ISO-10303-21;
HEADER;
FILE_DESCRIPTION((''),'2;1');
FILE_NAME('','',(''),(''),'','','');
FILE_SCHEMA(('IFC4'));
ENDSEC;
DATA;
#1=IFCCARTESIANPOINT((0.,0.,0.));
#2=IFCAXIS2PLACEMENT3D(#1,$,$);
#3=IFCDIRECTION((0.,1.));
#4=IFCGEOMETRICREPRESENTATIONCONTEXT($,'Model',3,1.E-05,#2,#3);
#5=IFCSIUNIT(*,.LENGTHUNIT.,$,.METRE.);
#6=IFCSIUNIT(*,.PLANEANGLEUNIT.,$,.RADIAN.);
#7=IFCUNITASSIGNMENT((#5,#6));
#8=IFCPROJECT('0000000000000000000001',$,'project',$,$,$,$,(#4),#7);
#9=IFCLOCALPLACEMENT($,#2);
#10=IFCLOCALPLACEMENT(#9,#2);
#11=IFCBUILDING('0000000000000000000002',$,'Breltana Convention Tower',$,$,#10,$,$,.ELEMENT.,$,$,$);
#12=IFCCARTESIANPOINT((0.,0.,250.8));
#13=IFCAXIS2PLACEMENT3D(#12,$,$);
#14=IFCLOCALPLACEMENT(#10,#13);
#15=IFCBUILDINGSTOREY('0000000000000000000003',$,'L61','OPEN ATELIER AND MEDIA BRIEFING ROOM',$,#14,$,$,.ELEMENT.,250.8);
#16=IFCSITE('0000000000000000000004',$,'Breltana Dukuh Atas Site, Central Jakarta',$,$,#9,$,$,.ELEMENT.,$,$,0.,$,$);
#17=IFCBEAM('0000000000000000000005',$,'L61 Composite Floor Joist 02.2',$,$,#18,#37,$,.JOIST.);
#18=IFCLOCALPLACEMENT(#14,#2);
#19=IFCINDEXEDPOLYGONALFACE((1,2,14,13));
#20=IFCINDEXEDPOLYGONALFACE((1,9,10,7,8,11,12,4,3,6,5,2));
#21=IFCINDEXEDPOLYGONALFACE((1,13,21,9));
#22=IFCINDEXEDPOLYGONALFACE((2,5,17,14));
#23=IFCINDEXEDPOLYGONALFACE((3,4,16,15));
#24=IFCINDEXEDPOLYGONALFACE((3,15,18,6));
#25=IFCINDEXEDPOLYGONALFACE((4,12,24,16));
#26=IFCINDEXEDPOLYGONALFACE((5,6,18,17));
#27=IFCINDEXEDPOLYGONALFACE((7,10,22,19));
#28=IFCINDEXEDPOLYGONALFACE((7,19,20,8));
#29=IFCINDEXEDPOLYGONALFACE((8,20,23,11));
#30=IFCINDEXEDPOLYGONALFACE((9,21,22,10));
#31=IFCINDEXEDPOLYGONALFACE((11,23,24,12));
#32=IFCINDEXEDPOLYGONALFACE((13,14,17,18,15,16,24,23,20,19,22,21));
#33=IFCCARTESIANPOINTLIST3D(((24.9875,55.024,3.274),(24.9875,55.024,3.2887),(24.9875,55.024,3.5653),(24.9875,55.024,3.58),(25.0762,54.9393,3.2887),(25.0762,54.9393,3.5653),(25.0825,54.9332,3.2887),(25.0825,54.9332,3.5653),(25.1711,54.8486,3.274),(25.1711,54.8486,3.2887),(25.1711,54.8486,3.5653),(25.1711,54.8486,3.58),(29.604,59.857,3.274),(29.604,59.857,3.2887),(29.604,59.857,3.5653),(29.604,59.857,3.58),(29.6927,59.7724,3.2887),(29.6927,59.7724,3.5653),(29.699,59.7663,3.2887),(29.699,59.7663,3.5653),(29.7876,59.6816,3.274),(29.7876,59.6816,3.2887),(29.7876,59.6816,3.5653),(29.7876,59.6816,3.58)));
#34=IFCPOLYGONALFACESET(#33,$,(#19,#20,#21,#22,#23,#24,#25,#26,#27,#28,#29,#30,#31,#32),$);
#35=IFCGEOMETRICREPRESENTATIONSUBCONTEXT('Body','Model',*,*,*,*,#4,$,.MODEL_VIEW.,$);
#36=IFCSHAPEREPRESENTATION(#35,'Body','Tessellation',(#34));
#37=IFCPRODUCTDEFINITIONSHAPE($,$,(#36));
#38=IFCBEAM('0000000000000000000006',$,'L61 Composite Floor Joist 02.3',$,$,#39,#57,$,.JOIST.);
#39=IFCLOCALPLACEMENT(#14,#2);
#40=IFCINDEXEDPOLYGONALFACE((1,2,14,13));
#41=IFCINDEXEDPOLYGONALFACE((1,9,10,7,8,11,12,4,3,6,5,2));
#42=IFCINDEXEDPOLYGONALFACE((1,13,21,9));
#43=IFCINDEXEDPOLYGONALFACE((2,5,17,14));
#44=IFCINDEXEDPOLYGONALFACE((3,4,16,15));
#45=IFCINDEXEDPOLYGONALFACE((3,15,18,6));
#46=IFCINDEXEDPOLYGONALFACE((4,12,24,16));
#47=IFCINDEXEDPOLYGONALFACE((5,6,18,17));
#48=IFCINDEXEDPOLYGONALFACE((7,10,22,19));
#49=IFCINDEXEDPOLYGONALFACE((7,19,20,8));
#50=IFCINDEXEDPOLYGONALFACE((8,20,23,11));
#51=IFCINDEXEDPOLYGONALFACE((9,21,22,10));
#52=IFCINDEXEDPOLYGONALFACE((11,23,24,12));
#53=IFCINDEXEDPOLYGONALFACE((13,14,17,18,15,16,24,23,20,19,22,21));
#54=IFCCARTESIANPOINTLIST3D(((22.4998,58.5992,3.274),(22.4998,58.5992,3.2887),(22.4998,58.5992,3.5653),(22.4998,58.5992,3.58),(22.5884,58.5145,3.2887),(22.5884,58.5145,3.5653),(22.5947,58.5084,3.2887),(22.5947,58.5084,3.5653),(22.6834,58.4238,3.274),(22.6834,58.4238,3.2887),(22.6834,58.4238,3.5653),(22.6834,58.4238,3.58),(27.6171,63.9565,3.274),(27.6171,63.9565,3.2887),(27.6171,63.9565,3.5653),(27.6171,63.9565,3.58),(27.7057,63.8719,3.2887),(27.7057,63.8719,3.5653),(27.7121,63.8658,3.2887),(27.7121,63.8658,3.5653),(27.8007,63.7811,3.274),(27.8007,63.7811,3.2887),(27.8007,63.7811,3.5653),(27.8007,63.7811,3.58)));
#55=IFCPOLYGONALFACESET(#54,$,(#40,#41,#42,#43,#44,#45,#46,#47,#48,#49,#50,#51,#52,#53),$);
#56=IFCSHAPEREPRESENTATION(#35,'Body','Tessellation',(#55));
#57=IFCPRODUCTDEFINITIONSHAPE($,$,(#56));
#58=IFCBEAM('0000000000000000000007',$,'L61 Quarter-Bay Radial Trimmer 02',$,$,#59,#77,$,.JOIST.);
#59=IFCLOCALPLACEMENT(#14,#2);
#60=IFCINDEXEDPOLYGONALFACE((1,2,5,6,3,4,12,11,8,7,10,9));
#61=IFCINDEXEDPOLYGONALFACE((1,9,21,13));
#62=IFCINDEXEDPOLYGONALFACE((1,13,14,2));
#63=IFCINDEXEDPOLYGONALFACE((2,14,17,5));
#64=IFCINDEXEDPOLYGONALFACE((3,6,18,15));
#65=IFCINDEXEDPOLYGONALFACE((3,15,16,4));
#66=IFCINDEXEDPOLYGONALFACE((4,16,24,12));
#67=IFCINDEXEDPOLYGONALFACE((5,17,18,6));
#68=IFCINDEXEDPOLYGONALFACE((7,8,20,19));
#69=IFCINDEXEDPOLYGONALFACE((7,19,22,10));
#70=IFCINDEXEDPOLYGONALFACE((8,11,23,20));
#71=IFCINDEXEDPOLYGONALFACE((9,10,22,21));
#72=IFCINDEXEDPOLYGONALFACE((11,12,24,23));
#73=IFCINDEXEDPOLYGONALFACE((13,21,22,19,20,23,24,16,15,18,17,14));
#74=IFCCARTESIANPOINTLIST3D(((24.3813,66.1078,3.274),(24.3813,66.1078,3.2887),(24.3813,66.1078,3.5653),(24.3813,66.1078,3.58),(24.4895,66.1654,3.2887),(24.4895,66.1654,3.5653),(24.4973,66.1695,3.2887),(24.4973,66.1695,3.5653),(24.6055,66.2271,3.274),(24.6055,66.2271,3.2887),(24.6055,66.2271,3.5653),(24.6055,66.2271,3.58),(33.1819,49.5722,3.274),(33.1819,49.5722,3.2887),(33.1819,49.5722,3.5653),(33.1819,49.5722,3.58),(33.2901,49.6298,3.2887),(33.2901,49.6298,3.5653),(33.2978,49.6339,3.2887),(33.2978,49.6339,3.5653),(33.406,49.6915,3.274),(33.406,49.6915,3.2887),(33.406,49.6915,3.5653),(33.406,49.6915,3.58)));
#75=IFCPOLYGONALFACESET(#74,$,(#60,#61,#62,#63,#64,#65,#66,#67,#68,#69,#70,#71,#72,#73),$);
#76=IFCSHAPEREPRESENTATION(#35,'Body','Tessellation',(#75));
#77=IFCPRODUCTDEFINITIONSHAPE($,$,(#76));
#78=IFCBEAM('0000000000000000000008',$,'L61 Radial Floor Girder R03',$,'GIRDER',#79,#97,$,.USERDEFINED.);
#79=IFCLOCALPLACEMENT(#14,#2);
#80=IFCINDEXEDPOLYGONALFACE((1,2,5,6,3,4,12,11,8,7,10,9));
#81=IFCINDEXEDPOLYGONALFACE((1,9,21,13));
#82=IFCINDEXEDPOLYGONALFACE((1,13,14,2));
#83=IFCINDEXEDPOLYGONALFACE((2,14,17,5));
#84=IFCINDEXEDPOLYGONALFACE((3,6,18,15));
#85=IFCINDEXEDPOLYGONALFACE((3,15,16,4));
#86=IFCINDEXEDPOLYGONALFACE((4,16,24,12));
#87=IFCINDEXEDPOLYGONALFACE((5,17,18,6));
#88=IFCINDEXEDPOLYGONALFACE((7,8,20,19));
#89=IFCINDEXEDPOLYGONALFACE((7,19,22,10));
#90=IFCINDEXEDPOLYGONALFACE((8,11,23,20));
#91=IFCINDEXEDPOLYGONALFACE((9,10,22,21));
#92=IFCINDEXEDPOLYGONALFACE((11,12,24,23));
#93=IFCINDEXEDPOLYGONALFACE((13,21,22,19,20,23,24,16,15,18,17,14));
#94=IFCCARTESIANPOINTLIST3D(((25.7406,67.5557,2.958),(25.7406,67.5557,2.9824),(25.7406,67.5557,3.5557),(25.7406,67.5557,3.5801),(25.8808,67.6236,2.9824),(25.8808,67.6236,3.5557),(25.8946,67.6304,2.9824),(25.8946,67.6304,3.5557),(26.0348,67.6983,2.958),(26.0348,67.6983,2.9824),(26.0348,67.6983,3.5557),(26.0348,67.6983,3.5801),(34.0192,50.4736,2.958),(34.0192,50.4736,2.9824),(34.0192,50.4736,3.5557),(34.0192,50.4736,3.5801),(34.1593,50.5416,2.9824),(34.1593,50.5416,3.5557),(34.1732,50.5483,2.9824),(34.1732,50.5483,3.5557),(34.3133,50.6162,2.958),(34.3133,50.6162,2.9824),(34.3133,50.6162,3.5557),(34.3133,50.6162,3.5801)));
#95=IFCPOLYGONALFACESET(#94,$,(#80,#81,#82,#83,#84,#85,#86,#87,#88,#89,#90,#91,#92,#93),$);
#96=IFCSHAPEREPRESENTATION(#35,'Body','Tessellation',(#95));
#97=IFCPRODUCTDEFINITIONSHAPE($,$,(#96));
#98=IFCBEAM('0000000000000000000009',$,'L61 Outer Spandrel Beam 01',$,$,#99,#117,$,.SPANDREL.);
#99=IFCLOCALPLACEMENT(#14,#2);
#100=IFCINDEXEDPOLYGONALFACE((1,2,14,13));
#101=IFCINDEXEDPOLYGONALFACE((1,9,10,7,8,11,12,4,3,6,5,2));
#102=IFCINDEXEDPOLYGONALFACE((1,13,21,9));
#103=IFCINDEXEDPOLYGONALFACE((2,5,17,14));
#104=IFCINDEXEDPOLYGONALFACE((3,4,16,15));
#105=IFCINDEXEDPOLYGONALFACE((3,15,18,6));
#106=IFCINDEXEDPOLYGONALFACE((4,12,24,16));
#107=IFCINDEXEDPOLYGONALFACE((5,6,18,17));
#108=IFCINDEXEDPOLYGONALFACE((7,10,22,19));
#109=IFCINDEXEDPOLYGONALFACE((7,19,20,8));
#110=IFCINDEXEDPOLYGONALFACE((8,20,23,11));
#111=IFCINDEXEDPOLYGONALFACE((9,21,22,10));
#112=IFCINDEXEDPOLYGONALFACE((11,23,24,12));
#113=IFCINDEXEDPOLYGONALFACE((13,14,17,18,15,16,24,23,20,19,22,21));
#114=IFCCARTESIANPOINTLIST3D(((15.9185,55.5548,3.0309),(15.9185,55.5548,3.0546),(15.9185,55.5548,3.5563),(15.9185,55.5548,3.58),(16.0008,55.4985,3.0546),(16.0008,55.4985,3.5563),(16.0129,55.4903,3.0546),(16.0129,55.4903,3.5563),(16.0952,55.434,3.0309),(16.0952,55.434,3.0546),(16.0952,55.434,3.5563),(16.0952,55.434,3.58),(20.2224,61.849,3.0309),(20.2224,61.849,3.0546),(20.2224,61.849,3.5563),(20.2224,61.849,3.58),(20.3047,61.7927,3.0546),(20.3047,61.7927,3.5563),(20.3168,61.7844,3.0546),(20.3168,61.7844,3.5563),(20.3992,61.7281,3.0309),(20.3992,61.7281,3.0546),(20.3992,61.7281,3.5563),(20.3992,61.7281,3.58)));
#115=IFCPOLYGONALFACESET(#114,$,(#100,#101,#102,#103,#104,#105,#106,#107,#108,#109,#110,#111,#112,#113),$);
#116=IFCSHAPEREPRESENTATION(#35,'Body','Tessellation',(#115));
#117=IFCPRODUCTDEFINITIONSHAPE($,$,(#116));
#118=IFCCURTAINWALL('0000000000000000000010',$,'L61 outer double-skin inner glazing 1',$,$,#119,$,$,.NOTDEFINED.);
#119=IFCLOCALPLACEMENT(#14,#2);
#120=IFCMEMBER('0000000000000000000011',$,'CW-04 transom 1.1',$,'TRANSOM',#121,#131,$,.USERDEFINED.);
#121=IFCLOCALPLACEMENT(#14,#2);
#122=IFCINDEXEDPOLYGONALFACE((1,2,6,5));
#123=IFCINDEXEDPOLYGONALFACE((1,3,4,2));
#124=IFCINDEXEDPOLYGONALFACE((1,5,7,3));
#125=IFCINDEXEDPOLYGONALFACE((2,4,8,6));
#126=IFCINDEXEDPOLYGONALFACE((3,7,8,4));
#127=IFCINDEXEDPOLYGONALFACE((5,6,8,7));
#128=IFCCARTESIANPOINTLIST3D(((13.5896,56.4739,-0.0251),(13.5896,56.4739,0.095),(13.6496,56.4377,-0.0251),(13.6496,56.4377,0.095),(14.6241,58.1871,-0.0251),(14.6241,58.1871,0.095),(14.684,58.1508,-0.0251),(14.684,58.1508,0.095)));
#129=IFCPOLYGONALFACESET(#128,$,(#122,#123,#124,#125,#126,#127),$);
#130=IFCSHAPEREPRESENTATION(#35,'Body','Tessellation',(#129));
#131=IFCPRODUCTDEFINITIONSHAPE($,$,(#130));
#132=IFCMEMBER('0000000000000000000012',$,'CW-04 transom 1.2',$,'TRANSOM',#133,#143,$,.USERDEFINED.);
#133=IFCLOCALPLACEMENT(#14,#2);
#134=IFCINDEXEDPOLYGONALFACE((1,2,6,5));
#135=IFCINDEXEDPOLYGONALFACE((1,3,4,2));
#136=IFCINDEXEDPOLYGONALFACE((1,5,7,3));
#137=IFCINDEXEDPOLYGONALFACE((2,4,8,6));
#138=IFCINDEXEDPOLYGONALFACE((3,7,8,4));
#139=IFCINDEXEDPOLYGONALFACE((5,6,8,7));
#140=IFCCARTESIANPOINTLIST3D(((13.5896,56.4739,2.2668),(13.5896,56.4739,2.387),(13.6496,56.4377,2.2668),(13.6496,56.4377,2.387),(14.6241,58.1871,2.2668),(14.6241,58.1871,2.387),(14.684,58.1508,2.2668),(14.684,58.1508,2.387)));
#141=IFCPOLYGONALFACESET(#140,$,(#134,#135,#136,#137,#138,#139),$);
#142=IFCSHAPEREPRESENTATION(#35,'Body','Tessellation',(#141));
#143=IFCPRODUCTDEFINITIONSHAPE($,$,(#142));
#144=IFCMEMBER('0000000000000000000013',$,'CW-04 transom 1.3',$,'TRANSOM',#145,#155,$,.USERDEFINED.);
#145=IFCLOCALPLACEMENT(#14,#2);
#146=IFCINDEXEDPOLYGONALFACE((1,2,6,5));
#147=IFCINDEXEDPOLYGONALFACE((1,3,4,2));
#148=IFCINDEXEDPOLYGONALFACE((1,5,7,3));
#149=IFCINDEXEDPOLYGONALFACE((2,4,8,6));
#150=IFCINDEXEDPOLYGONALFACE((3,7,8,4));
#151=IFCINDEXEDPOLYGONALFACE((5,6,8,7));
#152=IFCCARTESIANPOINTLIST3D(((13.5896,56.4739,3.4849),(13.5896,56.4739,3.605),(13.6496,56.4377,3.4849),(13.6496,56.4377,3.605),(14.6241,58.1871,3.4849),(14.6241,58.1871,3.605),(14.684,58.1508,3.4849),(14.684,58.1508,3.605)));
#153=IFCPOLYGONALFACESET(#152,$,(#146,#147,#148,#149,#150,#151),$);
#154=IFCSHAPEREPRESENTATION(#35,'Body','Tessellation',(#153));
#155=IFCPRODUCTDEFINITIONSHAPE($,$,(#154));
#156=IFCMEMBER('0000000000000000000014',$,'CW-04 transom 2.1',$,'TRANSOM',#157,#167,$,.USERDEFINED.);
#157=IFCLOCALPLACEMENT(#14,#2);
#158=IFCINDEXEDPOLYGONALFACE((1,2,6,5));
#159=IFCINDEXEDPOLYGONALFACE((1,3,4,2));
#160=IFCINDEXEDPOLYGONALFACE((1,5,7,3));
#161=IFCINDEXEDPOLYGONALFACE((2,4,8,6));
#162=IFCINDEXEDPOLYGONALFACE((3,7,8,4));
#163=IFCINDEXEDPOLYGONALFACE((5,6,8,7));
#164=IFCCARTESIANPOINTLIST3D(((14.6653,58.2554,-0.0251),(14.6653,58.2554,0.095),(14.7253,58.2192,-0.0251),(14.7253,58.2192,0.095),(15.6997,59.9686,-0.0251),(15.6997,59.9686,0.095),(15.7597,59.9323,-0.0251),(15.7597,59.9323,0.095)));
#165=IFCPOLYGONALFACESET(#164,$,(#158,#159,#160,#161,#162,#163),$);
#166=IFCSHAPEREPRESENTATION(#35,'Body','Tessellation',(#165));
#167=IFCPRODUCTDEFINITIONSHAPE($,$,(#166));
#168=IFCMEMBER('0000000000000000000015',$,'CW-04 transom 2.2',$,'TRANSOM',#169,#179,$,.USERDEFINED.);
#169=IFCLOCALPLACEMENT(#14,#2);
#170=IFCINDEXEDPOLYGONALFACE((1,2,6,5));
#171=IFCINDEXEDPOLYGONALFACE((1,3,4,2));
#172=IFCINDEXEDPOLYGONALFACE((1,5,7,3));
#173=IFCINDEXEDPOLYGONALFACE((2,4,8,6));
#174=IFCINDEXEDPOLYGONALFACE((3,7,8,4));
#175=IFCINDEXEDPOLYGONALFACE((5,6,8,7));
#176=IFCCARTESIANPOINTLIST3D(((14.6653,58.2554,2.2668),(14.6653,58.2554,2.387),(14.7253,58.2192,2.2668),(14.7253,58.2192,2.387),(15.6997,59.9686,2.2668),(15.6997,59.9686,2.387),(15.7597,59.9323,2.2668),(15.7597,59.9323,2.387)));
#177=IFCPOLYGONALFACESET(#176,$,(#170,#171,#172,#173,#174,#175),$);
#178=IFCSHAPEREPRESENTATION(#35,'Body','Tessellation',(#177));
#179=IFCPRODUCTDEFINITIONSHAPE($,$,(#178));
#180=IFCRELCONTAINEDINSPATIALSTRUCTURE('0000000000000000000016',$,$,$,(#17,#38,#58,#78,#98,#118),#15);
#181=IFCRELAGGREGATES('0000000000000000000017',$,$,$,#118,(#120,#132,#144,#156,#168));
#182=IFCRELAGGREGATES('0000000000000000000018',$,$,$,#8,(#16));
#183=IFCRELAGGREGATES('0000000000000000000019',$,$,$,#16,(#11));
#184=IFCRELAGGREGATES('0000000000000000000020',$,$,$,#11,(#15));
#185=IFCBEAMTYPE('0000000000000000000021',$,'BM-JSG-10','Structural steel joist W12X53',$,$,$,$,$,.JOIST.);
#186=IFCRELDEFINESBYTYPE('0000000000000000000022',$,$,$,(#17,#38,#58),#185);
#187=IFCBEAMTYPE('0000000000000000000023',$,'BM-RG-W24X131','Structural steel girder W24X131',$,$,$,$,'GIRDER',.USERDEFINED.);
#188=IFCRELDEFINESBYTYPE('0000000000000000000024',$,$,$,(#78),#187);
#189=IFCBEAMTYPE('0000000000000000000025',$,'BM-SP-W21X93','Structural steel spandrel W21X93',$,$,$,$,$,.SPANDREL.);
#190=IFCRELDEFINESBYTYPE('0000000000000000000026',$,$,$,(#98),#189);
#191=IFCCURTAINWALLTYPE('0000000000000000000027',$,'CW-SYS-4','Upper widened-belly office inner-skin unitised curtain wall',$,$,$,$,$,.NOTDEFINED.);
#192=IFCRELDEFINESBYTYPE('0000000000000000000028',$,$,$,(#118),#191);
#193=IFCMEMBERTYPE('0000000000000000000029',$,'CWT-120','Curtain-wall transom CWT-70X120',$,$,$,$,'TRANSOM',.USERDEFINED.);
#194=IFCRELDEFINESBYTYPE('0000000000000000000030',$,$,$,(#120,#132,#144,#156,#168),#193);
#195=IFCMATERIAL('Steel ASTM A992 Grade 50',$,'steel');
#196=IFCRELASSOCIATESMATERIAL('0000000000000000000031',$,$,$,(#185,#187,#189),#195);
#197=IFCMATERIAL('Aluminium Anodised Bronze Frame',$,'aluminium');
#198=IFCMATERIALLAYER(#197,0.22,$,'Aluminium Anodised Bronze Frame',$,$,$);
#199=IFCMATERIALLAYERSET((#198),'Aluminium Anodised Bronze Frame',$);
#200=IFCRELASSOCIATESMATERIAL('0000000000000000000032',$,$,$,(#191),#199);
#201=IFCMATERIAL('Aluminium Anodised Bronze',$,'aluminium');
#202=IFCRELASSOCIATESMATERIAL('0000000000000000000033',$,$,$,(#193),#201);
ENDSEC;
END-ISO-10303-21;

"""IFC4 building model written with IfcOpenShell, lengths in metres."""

from ifc_helpers import new_model, si_unit, direction, frame, origin, origin_2d, place, context, subcontext, project, spatial, rectangle, i_section, extrude, source, transform, mapped, material, layer, layer_set, material_profile, profile_set, type_object, type_shapes, element, aggregate, save


model = new_model("IFC4")

# Units and contexts
model_context = context("Model", 3, precision=1e-05, world=origin(), true_north=direction((0.0, 1.0)))
body_context = subcontext(model_context, "Body", "Model", "MODEL_VIEW")
ifc_project = project(units=[si_unit("LENGTHUNIT", "METRE"), si_unit("PLANEANGLEUNIT", "RADIAN")], contexts=[model_context])

# Site, building, storey
site_placement = place(None, origin())
site = spatial("IfcSite", under=ifc_project, at=site_placement, Name="Breltana Dukuh Atas Site, Central Jakarta", CompositionType="ELEMENT", RefElevation=0.0)
building_placement = place(site_placement, origin())
building = spatial("IfcBuilding", under=site, at=building_placement, Name="Breltana Convention Tower", CompositionType="ELEMENT")
storey_placement = place(building_placement, frame((0.0, 0.0, 250.8)))
storey = spatial("IfcBuildingStorey", under=building, at=storey_placement, Name="L61", Description="OPEN ATELIER AND MEDIA BRIEFING ROOM", CompositionType="ELEMENT", Elevation=250.8)

# Shared definitions
ifc_material_1 = material(Name="Steel ASTM A992 Grade 50", Category="steel")

# Beams
ifc_material_profile_1 = material_profile(ifc_material_1, i_section(OverallWidth=0.2539, OverallDepth=0.3059, WebThickness=0.0088, FlangeThickness=0.0146, at=origin_2d()), Name="W12X53")
ifc_profile_set_1 = profile_set([ifc_material_profile_1], Name="Steel ASTM A992 Grade 50")
beam_type_1 = type_object("IfcBeamType", Name="BM-JSG-10", Description="Structural steel joist W12X53", PredefinedType="JOIST", material=ifc_profile_set_1)
shared_shape_1 = source(origin(), body_context, "Body", "SweptSolid", [
    extrude(i_section(OverallWidth=0.2539, OverallDepth=0.3059, WebThickness=0.0088, FlangeThickness=0.0146, at=origin_2d()), origin(), (0.0, 0.0, 1.0), 6.6836),
])
beam_1_placement = place(storey_placement, frame((25.0793, 54.9363, 3.427), z_axis=(0.690721, 0.723122, 0.0), x_axis=(-0.723122, 0.690721, 0.0)))
element("IfcBeam", 1, at=beam_1_placement, inside=storey, type_object=beam_type_1, Name="L61 Composite Floor Joist 02.2", PredefinedType="JOIST", context=body_context, shape_type="MappedRepresentation", body=[
    mapped(shared_shape_1, transform((0.0, 0.0, 0.0), scale=1.0)),
])
shared_shape_2 = source(origin(), body_context, "Body", "SweptSolid", [
    extrude(i_section(OverallWidth=0.2539, OverallDepth=0.3059, WebThickness=0.0088, FlangeThickness=0.0146, at=origin_2d()), origin(), (0.0, 0.0, 1.0), 7.4087),
])
beam_2_placement = place(storey_placement, frame((22.5916, 58.5115, 3.427), z_axis=(0.690725, 0.723118, 0.0), x_axis=(-0.723118, 0.690725, 0.0)))
element("IfcBeam", 2, at=beam_2_placement, inside=storey, type_object=beam_type_1, Name="L61 Composite Floor Joist 02.3", PredefinedType="JOIST", context=body_context, shape_type="MappedRepresentation", body=[
    mapped(shared_shape_2, transform((0.0, 0.0, 0.0), scale=1.0)),
])
shared_shape_3 = source(origin(), body_context, "Body", "SweptSolid", [
    extrude(i_section(OverallWidth=0.2539, OverallDepth=0.3059, WebThickness=0.0088, FlangeThickness=0.0146, at=origin_2d()), origin(), (0.0, 0.0, 1.0), 18.7317),
])
beam_3_placement = place(storey_placement, frame((33.2939, 49.6318, 3.427), z_axis=(-0.46982, 0.882762, 0.0), x_axis=(-0.882762, -0.46982, 0.0)))
element("IfcBeam", 3, at=beam_3_placement, inside=storey, type_object=beam_type_1, Name="L61 Quarter-Bay Radial Trimmer 02", PredefinedType="JOIST", context=body_context, shape_type="MappedRepresentation", body=[
    mapped(shared_shape_3, transform((0.0, 0.0, 0.0), scale=1.0)),
])
ifc_material_profile_2 = material_profile(ifc_material_1, i_section(OverallWidth=0.3269, OverallDepth=0.6221, WebThickness=0.0154, FlangeThickness=0.0244, at=origin_2d()), Name="W24X131")
ifc_profile_set_2 = profile_set([ifc_material_profile_2], Name="Steel ASTM A992 Grade 50")
beam_type_2 = type_object("IfcBeamType", Name="BM-RG-W24X131", Description="Structural steel girder W24X131", ElementType="GIRDER", PredefinedType="USERDEFINED", material=ifc_profile_set_2)
shared_shape_4 = source(origin(), body_context, "Body", "SweptSolid", [
    extrude(i_section(OverallWidth=0.3269, OverallDepth=0.6221, WebThickness=0.0154, FlangeThickness=0.0244, at=origin_2d()), origin(), (0.0, 0.0, 1.0), 18.9824),
])
beam_4_placement = place(storey_placement, frame((34.1663, 50.5449, 3.269), z_axis=(-0.436119, 0.899889, 0.0), x_axis=(-0.899889, -0.436119, 0.0)))
element("IfcBeam", 4, at=beam_4_placement, inside=storey, type_object=beam_type_2, Name="L61 Radial Floor Girder R03", ObjectType="GIRDER", PredefinedType="USERDEFINED", context=body_context, shape_type="MappedRepresentation", body=[
    mapped(shared_shape_4, transform((0.0, 0.0, 0.0), scale=1.0)),
])
ifc_material_profile_3 = material_profile(ifc_material_1, i_section(OverallWidth=0.2141, OverallDepth=0.5491, WebThickness=0.0146, FlangeThickness=0.0237, at=origin_2d()), Name="W21X93")
ifc_profile_set_3 = profile_set([ifc_material_profile_3], Name="Steel ASTM A992 Grade 50")
beam_type_3 = type_object("IfcBeamType", Name="BM-SP-W21X93", Description="Structural steel spandrel W21X93", PredefinedType="SPANDREL", material=ifc_profile_set_3)
shared_shape_5 = source(origin(), body_context, "Body", "SweptSolid", [
    extrude(i_section(OverallWidth=0.2141, OverallDepth=0.5491, WebThickness=0.0146, FlangeThickness=0.0237, at=origin_2d()), origin(), (0.0, 0.0, 1.0), 7.625),
])
type_shapes(beam_type_3, [shared_shape_5])
beam_5_placement = place(storey_placement, frame((16.0068, 55.4944, 3.3054), z_axis=(0.564452, 0.825466, 0.0), x_axis=(-0.825466, 0.564452, 0.0)))
element("IfcBeam", 5, at=beam_5_placement, inside=storey, type_object=beam_type_3, Name="L61 Outer Spandrel Beam 01", PredefinedType="SPANDREL", context=body_context, shape_type="MappedRepresentation", body=[
    mapped(shared_shape_5, transform((0.0, 0.0, 0.0), scale=1.0)),
])

# Curtain wall, members
ifc_material_2 = material(Name="Aluminium Anodised Bronze Frame", Category="aluminium")
ifc_layer_1 = layer(ifc_material_2, 0.22, Name="Aluminium Anodised Bronze Frame")
ifc_layer_set_1 = layer_set([ifc_layer_1], Name="Aluminium Anodised Bronze Frame")
curtain_wall_type = type_object("IfcCurtainWallType", Name="CW-SYS-4", Description="Upper widened-belly office inner-skin unitised curtain wall", PredefinedType="NOTDEFINED", material=ifc_layer_set_1)
curtain_wall_placement = place(storey_placement, origin())
curtain_wall = element("IfcCurtainWall", 6, at=curtain_wall_placement, inside=storey, type_object=curtain_wall_type, Name="L61 outer double-skin inner glazing 1", PredefinedType="NOTDEFINED")
ifc_material_3 = material(Name="Aluminium Anodised Bronze", Category="aluminium")
ifc_material_profile_4 = material_profile(ifc_material_3, rectangle(XDim=0.0701, YDim=0.1201, at=origin_2d()), Name="CWT-70X120")
ifc_profile_set_4 = profile_set([ifc_material_profile_4], Name="Aluminium Anodised Bronze")
member_type_1 = type_object("IfcMemberType", Name="CWT-120", Description="Curtain-wall transom CWT-70X120", ElementType="TRANSOM", PredefinedType="USERDEFINED", material=ifc_profile_set_4)
shared_shape_6 = source(origin(), body_context, "Body", "SweptSolid", [
    extrude(rectangle(XDim=0.0701, YDim=0.1201, at=origin_2d()), origin(), (0.0, 0.0, 1.0), 2.0012),
])
member_1_placement = place(storey_placement, frame((13.6196, 56.4558, 0.0349), z_axis=(0.516898, 0.856047, 0.0), x_axis=(-0.856047, 0.516898, 0.0)))
member_1 = element("IfcMember", 7, at=member_1_placement, type_object=member_type_1, Name="CW-04 transom 1.1", ObjectType="TRANSOM", PredefinedType="USERDEFINED", context=body_context, shape_type="MappedRepresentation", body=[
    mapped(shared_shape_6, transform((0.0, 0.0, 0.0), scale=1.0)),
])
member_2_placement = place(storey_placement, frame((13.6196, 56.4558, 2.3269), z_axis=(0.516898, 0.856047, 0.0), x_axis=(-0.856047, 0.516898, 0.0)))
member_2 = element("IfcMember", 8, at=member_2_placement, type_object=member_type_1, Name="CW-04 transom 1.2", ObjectType="TRANSOM", PredefinedType="USERDEFINED", context=body_context, shape_type="MappedRepresentation", body=[
    mapped(shared_shape_6, transform((0.0, 0.0, 0.0), scale=1.0)),
])
member_3_placement = place(storey_placement, frame((13.6196, 56.4558, 3.5449), z_axis=(0.516898, 0.856047, 0.0), x_axis=(-0.856047, 0.516898, 0.0)))
member_3 = element("IfcMember", 9, at=member_3_placement, type_object=member_type_1, Name="CW-04 transom 1.3", ObjectType="TRANSOM", PredefinedType="USERDEFINED", context=body_context, shape_type="MappedRepresentation", body=[
    mapped(shared_shape_6, transform((0.0, 0.0, 0.0), scale=1.0)),
])
member_4_placement = place(storey_placement, frame((14.6953, 58.2373, 0.0349), z_axis=(0.516898, 0.856047, 0.0), x_axis=(-0.856047, 0.516898, 0.0)))
member_4 = element("IfcMember", 10, at=member_4_placement, type_object=member_type_1, Name="CW-04 transom 2.1", ObjectType="TRANSOM", PredefinedType="USERDEFINED", context=body_context, shape_type="MappedRepresentation", body=[
    mapped(shared_shape_6, transform((0.0, 0.0, 0.0), scale=1.0)),
])
member_5_placement = place(storey_placement, frame((14.6953, 58.2373, 2.3269), z_axis=(0.516898, 0.856047, 0.0), x_axis=(-0.856047, 0.516898, 0.0)))
member_5 = element("IfcMember", 11, at=member_5_placement, type_object=member_type_1, Name="CW-04 transom 2.2", ObjectType="TRANSOM", PredefinedType="USERDEFINED", context=body_context, shape_type="MappedRepresentation", body=[
    mapped(shared_shape_6, transform((0.0, 0.0, 0.0), scale=1.0)),
])
aggregate(curtain_wall, [member_1, member_2, member_3, member_4, member_5])

save(model, "model.ifc")
